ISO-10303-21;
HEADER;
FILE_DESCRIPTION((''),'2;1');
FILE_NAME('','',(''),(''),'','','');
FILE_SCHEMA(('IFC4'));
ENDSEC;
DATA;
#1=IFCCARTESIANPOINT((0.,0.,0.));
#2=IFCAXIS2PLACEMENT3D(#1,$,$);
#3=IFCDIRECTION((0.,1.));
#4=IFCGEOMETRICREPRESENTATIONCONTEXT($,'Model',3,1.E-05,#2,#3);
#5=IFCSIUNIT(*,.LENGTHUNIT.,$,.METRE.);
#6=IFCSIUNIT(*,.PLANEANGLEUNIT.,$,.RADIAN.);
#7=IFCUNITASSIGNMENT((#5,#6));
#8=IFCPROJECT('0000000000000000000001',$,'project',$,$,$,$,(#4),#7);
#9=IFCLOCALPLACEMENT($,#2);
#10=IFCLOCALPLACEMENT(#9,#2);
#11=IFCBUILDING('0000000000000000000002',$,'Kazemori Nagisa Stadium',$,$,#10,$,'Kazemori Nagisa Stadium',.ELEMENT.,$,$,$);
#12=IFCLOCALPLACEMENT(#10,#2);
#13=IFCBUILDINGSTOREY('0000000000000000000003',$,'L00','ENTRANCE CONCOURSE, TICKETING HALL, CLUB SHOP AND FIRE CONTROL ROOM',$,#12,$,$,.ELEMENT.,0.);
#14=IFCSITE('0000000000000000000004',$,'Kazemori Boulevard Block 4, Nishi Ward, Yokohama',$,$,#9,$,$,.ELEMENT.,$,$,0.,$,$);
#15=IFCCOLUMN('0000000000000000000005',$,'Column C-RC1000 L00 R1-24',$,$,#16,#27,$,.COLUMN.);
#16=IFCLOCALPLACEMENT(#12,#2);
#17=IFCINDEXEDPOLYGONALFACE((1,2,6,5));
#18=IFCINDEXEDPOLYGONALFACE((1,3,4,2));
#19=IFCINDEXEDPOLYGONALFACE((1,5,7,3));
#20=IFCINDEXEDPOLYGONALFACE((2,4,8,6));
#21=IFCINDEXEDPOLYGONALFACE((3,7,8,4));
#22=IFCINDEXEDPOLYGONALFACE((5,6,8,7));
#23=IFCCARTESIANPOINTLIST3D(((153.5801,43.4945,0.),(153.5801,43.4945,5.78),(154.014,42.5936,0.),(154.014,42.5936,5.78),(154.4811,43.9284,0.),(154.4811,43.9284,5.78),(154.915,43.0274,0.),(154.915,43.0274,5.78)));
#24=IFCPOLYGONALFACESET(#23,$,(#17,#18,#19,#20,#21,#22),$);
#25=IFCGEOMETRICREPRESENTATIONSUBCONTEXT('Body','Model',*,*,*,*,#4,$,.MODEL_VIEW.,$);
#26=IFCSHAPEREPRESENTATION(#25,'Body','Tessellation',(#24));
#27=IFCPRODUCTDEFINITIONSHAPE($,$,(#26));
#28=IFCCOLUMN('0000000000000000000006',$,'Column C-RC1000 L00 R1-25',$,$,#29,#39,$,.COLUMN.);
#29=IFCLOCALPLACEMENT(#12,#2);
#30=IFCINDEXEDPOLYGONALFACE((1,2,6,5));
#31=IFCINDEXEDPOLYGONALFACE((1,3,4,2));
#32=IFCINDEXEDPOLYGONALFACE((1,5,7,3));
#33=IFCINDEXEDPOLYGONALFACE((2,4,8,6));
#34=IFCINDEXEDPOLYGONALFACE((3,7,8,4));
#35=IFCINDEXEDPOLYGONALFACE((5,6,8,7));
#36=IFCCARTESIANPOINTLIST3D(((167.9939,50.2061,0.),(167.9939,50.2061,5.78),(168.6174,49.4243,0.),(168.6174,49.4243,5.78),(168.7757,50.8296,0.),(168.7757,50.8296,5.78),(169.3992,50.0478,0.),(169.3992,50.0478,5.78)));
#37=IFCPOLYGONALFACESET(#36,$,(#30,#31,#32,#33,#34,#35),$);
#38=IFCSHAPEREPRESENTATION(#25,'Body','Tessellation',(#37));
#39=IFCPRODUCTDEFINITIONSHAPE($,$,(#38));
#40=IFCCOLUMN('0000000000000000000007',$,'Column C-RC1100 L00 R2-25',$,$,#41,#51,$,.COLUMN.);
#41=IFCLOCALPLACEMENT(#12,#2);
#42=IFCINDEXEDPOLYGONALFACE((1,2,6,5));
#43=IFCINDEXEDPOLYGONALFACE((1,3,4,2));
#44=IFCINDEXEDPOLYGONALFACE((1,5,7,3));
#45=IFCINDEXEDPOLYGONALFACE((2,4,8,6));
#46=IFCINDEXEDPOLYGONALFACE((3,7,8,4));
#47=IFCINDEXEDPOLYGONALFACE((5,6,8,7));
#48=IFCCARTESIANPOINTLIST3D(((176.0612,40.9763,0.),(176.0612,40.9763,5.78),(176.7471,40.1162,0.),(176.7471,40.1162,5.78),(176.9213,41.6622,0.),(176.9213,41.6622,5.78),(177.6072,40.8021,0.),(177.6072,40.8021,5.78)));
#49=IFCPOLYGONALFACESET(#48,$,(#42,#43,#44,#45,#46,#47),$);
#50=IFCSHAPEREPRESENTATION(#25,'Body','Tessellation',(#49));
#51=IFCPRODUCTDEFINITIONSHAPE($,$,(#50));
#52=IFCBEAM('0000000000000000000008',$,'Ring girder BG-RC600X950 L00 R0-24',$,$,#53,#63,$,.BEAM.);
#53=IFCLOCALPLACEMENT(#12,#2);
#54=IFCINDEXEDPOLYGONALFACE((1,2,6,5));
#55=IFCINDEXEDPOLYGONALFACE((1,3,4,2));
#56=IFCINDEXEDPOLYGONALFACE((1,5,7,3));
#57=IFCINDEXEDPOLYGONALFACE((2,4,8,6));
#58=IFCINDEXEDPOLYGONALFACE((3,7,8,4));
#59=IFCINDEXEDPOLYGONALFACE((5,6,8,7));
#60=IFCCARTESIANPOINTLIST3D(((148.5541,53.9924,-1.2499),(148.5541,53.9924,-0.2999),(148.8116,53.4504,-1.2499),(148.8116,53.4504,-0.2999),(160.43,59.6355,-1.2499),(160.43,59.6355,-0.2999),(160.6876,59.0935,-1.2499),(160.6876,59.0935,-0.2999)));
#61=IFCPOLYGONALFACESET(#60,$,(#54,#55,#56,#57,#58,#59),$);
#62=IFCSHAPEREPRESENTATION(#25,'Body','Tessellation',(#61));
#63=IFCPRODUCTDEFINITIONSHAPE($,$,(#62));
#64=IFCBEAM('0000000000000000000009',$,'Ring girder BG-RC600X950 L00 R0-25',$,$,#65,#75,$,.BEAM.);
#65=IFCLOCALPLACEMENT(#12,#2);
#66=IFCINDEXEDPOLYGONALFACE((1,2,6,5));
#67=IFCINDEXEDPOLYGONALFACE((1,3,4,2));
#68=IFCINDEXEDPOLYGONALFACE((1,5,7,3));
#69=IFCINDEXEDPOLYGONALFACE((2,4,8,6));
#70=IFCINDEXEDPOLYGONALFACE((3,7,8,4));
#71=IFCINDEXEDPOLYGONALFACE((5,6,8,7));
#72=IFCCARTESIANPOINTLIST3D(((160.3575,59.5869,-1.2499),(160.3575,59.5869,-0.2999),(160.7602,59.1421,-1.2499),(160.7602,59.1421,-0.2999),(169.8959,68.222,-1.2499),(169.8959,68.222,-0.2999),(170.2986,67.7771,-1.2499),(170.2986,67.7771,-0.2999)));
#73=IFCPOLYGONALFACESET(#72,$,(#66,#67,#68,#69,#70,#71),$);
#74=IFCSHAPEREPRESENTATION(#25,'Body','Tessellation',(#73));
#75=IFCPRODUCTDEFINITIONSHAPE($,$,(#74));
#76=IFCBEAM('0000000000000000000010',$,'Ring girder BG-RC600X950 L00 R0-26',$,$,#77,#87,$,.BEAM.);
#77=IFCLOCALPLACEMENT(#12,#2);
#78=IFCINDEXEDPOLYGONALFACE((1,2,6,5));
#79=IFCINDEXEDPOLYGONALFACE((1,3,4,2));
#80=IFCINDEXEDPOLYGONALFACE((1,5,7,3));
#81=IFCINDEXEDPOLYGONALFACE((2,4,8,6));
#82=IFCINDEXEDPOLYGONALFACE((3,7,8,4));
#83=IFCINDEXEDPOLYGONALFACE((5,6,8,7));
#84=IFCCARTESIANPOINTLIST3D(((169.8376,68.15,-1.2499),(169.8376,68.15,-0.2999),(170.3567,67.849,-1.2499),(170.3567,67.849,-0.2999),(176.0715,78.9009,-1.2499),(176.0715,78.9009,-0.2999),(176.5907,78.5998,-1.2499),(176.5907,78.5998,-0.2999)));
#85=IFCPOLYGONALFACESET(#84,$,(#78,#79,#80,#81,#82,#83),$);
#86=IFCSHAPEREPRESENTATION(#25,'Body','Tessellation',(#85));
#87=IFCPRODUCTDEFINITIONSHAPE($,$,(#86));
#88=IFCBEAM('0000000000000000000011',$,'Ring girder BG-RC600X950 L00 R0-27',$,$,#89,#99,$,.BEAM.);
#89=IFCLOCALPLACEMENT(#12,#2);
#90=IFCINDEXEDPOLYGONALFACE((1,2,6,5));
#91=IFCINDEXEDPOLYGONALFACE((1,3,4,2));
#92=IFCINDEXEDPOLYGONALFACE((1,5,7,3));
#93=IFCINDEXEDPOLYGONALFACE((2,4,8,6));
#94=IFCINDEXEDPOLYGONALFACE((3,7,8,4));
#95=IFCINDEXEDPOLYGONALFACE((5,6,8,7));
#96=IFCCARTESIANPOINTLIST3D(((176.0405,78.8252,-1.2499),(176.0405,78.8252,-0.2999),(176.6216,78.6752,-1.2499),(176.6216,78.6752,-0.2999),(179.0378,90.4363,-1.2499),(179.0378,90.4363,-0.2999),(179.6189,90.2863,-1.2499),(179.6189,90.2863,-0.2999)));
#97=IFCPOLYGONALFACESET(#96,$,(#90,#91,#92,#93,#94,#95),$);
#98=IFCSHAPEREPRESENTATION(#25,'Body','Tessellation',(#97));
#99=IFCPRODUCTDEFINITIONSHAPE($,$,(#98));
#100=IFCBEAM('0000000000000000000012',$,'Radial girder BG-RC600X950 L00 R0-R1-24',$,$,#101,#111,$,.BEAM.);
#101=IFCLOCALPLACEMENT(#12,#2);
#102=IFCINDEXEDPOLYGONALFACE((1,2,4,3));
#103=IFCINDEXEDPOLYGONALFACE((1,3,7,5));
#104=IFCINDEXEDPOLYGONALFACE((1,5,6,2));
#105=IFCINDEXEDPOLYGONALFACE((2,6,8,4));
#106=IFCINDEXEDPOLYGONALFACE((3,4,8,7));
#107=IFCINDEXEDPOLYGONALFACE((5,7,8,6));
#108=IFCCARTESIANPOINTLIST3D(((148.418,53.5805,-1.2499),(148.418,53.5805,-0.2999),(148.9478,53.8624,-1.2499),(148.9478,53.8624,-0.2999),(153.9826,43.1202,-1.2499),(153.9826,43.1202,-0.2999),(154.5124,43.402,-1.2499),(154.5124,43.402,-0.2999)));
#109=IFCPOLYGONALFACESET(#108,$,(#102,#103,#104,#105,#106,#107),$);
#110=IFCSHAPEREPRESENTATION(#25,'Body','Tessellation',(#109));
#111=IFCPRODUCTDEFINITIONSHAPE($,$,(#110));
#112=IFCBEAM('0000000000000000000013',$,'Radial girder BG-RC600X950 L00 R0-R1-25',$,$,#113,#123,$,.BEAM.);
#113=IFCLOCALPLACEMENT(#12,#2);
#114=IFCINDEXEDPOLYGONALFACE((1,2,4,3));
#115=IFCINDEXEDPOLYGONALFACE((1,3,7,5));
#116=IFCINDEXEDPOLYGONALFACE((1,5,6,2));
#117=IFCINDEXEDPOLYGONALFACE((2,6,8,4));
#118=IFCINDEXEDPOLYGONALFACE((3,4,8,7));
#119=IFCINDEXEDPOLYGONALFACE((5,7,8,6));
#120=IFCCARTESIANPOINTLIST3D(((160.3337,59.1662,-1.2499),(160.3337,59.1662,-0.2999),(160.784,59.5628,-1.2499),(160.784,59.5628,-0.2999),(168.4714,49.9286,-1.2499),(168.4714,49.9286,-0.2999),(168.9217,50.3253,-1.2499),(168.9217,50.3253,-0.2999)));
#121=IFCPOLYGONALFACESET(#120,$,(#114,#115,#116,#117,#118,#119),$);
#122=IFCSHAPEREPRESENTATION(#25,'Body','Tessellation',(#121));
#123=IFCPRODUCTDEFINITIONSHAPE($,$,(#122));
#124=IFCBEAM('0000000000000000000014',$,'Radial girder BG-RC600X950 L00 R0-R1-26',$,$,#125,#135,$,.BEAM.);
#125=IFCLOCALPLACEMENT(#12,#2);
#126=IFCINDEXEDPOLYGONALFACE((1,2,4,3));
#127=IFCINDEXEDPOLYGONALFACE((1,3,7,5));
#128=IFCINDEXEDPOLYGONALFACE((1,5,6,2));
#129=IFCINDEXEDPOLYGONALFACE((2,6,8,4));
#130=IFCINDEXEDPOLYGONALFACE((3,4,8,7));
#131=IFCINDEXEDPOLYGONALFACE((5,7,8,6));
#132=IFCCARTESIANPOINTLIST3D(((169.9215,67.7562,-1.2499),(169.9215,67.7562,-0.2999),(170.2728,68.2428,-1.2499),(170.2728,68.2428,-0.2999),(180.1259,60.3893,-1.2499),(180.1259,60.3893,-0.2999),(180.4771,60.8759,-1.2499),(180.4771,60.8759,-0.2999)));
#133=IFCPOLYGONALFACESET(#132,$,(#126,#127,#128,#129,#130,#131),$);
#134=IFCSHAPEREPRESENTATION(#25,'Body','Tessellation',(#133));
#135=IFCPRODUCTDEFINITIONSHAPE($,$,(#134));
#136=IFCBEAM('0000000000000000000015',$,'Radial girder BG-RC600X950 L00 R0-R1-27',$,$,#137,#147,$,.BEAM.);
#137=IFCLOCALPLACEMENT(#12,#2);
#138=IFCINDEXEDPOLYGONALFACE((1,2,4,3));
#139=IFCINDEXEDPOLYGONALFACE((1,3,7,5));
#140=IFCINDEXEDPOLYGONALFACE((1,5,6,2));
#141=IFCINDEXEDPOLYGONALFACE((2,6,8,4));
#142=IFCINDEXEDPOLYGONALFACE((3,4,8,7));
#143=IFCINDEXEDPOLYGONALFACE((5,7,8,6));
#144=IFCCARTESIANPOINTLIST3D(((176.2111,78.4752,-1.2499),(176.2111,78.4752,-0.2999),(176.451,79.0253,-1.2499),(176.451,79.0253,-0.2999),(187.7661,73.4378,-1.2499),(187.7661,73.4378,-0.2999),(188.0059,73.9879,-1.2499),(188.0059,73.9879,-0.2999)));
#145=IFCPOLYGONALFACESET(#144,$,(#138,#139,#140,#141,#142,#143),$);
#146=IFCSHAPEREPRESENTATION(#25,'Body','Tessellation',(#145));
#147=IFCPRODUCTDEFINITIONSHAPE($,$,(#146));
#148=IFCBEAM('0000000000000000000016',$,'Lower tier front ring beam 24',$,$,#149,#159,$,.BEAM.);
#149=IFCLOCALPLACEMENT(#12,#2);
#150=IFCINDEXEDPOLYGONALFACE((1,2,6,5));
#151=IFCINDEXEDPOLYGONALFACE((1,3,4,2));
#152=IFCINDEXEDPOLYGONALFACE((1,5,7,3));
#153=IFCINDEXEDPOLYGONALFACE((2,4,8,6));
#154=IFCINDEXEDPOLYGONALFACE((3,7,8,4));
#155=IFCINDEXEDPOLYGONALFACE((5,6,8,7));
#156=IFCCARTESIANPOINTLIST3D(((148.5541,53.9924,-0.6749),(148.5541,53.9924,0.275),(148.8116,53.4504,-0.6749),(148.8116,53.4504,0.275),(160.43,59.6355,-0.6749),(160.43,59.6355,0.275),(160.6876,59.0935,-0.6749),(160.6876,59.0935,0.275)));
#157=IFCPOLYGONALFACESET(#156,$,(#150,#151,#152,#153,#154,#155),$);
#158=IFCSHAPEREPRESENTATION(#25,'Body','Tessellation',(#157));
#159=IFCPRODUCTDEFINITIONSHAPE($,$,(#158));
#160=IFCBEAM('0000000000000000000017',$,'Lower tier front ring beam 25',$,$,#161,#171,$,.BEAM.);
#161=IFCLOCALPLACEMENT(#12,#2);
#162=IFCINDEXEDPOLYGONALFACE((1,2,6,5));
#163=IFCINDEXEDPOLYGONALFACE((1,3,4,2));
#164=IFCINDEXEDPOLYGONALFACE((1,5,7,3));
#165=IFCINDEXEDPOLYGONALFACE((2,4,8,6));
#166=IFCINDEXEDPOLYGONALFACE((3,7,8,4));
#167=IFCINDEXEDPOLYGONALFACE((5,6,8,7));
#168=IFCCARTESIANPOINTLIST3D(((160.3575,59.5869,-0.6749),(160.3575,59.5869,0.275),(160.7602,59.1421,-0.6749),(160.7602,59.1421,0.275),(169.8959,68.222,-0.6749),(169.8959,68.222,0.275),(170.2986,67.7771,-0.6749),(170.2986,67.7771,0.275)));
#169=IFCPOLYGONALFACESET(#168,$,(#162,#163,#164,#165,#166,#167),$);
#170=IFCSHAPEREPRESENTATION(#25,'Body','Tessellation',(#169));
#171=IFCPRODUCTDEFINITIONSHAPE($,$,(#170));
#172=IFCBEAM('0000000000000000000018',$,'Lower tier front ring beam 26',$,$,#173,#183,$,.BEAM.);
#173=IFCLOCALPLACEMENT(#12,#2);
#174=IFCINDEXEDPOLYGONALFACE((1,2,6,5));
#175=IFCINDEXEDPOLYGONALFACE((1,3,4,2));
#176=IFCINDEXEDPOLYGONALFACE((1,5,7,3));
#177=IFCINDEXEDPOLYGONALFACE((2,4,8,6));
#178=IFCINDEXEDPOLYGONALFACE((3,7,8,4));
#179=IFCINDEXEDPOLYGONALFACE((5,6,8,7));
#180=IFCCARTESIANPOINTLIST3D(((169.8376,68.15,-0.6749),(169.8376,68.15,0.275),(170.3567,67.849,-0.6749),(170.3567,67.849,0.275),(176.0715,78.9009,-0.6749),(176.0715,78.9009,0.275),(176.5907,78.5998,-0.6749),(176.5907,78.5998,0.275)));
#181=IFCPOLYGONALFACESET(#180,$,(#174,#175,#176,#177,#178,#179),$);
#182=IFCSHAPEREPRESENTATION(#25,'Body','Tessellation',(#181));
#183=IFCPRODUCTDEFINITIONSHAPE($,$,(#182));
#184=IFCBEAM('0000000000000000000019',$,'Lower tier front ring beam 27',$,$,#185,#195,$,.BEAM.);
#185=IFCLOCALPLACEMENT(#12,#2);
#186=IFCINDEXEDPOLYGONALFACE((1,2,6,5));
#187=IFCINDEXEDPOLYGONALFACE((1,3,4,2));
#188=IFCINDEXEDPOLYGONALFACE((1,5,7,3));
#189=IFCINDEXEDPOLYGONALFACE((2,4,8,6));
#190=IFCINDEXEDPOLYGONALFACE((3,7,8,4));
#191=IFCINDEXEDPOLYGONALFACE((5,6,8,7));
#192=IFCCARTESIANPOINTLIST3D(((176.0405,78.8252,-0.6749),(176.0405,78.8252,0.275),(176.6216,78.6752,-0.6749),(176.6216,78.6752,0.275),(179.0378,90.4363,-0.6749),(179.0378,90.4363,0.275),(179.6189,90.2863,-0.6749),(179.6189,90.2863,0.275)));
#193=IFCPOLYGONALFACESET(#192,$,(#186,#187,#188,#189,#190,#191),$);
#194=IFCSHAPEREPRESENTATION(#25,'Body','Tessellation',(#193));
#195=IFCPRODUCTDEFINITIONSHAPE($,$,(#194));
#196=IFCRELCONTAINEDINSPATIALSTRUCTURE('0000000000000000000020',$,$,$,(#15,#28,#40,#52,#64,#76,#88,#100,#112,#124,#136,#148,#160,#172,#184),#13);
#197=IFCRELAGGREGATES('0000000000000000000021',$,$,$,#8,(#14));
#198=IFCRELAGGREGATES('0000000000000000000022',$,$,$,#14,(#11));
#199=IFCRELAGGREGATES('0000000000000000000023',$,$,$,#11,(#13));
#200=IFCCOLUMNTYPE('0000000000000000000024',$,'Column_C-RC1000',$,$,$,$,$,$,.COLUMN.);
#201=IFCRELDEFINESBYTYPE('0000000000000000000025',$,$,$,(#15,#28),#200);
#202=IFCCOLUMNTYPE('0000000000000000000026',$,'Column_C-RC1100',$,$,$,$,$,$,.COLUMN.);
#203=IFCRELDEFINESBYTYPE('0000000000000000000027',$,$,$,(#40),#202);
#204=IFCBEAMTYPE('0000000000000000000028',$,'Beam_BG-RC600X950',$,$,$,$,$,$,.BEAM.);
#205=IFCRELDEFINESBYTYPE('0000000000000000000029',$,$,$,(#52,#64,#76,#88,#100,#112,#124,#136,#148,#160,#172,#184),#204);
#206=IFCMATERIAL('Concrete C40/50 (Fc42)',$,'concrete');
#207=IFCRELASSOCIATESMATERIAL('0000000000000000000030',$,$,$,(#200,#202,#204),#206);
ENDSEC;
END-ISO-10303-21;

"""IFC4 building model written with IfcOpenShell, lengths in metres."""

from ifc_helpers import new_model, si_unit, direction, frame, origin, origin_2d, place, context, subcontext, project, spatial, rectangle, extrude, material, material_profile, profile_set, type_object, element, save


model = new_model("IFC4")

# Units and contexts
model_context = context("Model", 3, precision=1e-05, world=origin(), true_north=direction((0.0, 1.0)))
body_context = subcontext(model_context, "Body", "Model", "MODEL_VIEW")
ifc_project = project(units=[si_unit("LENGTHUNIT", "METRE"), si_unit("PLANEANGLEUNIT", "RADIAN")], contexts=[model_context])

# Site, building, storey
site_placement = place(None, origin())
site = spatial("IfcSite", under=ifc_project, at=site_placement, Name="Kazemori Boulevard Block 4, Nishi Ward, Yokohama", CompositionType="ELEMENT", RefElevation=0.0)
building_placement = place(site_placement, origin())
building = spatial("IfcBuilding", under=site, at=building_placement, Name="Kazemori Nagisa Stadium", LongName="Kazemori Nagisa Stadium", CompositionType="ELEMENT")
storey_placement = place(building_placement, origin())
storey = spatial("IfcBuildingStorey", under=building, at=storey_placement, Name="L00", Description="ENTRANCE CONCOURSE, TICKETING HALL, CLUB SHOP AND FIRE CONTROL ROOM", CompositionType="ELEMENT", Elevation=0.0)

# Columns
ifc_material_1 = material(Name="Concrete C40/50 (Fc42)", Category="concrete")
ifc_material_profile_1 = material_profile(ifc_material_1, rectangle(XDim=1.0, YDim=1.0, at=origin_2d()), Name="RC-COL-1000x1000")
ifc_profile_set_1 = profile_set([ifc_material_profile_1], Name="Concrete C40/50 (Fc42)")
column_type_1 = type_object("IfcColumnType", Name="Column_C-RC1000", PredefinedType="COLUMN", material=ifc_profile_set_1)
for number, where, z_axis, x_axis, name in (
    (1, (154.2476, 43.261, 0.0), (0.0, 0.0, 1.0), (0.433884, -0.900969, 0.0), "Column C-RC1000 L00 R1-24"),
    (2, (168.6965, 50.127, 0.0), (0.0, 0.0, 1.0), (0.62349, -0.781831, 0.0), "Column C-RC1000 L00 R1-25"),
):
    element("IfcColumn", number, at=place(storey_placement, frame(where, z_axis=z_axis, x_axis=x_axis)), inside=storey, type_object=column_type_1, Name=name, PredefinedType="COLUMN", context=body_context, shape_type="SweptSolid", body=[
        extrude(rectangle(XDim=1.0, YDim=1.0, at=origin_2d()), origin(), (0.0, 0.0, 1.0), 5.78),
    ])
ifc_material_profile_2 = material_profile(ifc_material_1, rectangle(XDim=1.1001, YDim=1.1001, at=origin_2d()), Name="RC-COL-1100x1100")
ifc_profile_set_2 = profile_set([ifc_material_profile_2], Name="Concrete C40/50 (Fc42)")
column_type_2 = type_object("IfcColumnType", Name="Column_C-RC1100", PredefinedType="COLUMN", material=ifc_profile_set_2)
column_placement = place(storey_placement, frame((176.8342, 40.8892, 0.0), z_axis=(0.0, 0.0, 1.0), x_axis=(0.62349, -0.781831, 0.0)))
element("IfcColumn", 3, at=column_placement, inside=storey, type_object=column_type_2, Name="Column C-RC1100 L00 R2-25", PredefinedType="COLUMN", context=body_context, shape_type="SweptSolid", body=[
    extrude(rectangle(XDim=1.1001, YDim=1.1001, at=origin_2d()), origin(), (0.0, 0.0, 1.0), 5.78),
])

# Beams
ifc_material_profile_3 = material_profile(ifc_material_1, rectangle(XDim=0.6001, YDim=0.95, at=origin_2d()), Name="RC-BM-600x950")
ifc_profile_set_3 = profile_set([ifc_material_profile_3], Name="Concrete C40/50 (Fc42)")
beam_type_1 = type_object("IfcBeamType", Name="Beam_BG-RC600X950", PredefinedType="BEAM", material=ifc_profile_set_3)
beam_1_placement = place(storey_placement, frame((148.6829, 53.7214, -0.7749), z_axis=(0.903219, 0.42918, 0.0), x_axis=(-0.42918, 0.903219, 0.0)))
element("IfcBeam", 4, at=beam_1_placement, inside=storey, type_object=beam_type_1, Name="Ring girder BG-RC600X950 L00 R0-24", PredefinedType="BEAM", context=body_context, shape_type="SweptSolid", body=[
    extrude(rectangle(XDim=0.6001, YDim=0.95, at=origin_2d()), origin(), (0.0, 0.0, 1.0), 13.1484),
])
beam_2_placement = place(storey_placement, frame((160.5588, 59.3645, -0.7749), z_axis=(0.741339, 0.671131, 0.0), x_axis=(-0.671131, 0.741339, 0.0)))
element("IfcBeam", 5, at=beam_2_placement, inside=storey, type_object=beam_type_1, Name="Ring girder BG-RC600X950 L00 R0-25", PredefinedType="BEAM", context=body_context, shape_type="SweptSolid", body=[
    extrude(rectangle(XDim=0.6001, YDim=0.95, at=origin_2d()), origin(), (0.0, 0.0, 1.0), 12.8665),
])
beam_3_placement = place(storey_placement, frame((170.0972, 67.9995, -0.7749), z_axis=(0.501625, 0.865085, 0.0), x_axis=(-0.865085, 0.501625, 0.0)))
element("IfcBeam", 6, at=beam_3_placement, inside=storey, type_object=beam_type_1, Name="Ring girder BG-RC600X950 L00 R0-26", PredefinedType="BEAM", context=body_context, shape_type="SweptSolid", body=[
    extrude(rectangle(XDim=0.6001, YDim=0.95, at=origin_2d()), origin(), (0.0, 0.0, 1.0), 12.4275),
])
beam_4_placement = place(storey_placement, frame((176.3311, 78.7502, -0.7749), z_axis=(0.249949, 0.968259, 0.0), x_axis=(-0.968259, 0.249949, 0.0)))
element("IfcBeam", 7, at=beam_4_placement, inside=storey, type_object=beam_type_1, Name="Ring girder BG-RC600X950 L00 R0-27", PredefinedType="BEAM", context=body_context, shape_type="SweptSolid", body=[
    extrude(rectangle(XDim=0.6001, YDim=0.95, at=origin_2d()), origin(), (0.0, 0.0, 1.0), 11.9917),
])
beam_5_placement = place(storey_placement, frame((148.6829, 53.7214, -0.7749), z_axis=(0.469654, -0.88285, 0.0), x_axis=(0.88285, 0.469654, 0.0)))
element("IfcBeam", 8, at=beam_5_placement, inside=storey, type_object=beam_type_1, Name="Radial girder BG-RC600X950 L00 R0-R1-24", PredefinedType="BEAM", context=body_context, shape_type="SweptSolid", body=[
    extrude(rectangle(XDim=0.6001, YDim=0.95, at=origin_2d()), origin(), (0.0, 0.0, 1.0), 11.8484),
])
beam_6_placement = place(storey_placement, frame((160.5588, 59.3645, -0.7749), z_axis=(0.661024, -0.750365, 0.0), x_axis=(0.750365, 0.661024, 0.0)))
element("IfcBeam", 9, at=beam_6_placement, inside=storey, type_object=beam_type_1, Name="Radial girder BG-RC600X950 L00 R0-R1-25", PredefinedType="BEAM", context=body_context, shape_type="SweptSolid", body=[
    extrude(rectangle(XDim=0.6001, YDim=0.95, at=origin_2d()), origin(), (0.0, 0.0, 1.0), 12.3108),
])
beam_7_placement = place(storey_placement, frame((170.0972, 67.9995, -0.7749), z_axis=(0.810787, -0.585341, 0.0), x_axis=(0.585341, 0.810787, 0.0)))
element("IfcBeam", 10, at=beam_7_placement, inside=storey, type_object=beam_type_1, Name="Radial girder BG-RC600X950 L00 R0-R1-26", PredefinedType="BEAM", context=body_context, shape_type="SweptSolid", body=[
    extrude(rectangle(XDim=0.6001, YDim=0.95, at=origin_2d()), origin(), (0.0, 0.0, 1.0), 12.5857),
])
beam_8_placement = place(storey_placement, frame((176.3311, 78.7502, -0.7749), z_axis=(0.916679, -0.399625, 0.0), x_axis=(0.399625, 0.916679, 0.0)))
element("IfcBeam", 11, at=beam_8_placement, inside=storey, type_object=beam_type_1, Name="Radial girder BG-RC600X950 L00 R0-R1-27", PredefinedType="BEAM", context=body_context, shape_type="SweptSolid", body=[
    extrude(rectangle(XDim=0.6001, YDim=0.95, at=origin_2d()), origin(), (0.0, 0.0, 1.0), 12.6052),
])
beam_9_placement = place(storey_placement, frame((148.6829, 53.7214, -0.2), z_axis=(0.903219, 0.42918, 0.0), x_axis=(-0.42918, 0.903219, 0.0)))
element("IfcBeam", 12, at=beam_9_placement, inside=storey, type_object=beam_type_1, Name="Lower tier front ring beam 24", PredefinedType="BEAM", context=body_context, shape_type="SweptSolid", body=[
    extrude(rectangle(XDim=0.6001, YDim=0.95, at=origin_2d()), origin(), (0.0, 0.0, 1.0), 13.1484),
])
beam_10_placement = place(storey_placement, frame((160.5588, 59.3645, -0.2), z_axis=(0.741339, 0.671131, 0.0), x_axis=(-0.671131, 0.741339, 0.0)))
element("IfcBeam", 13, at=beam_10_placement, inside=storey, type_object=beam_type_1, Name="Lower tier front ring beam 25", PredefinedType="BEAM", context=body_context, shape_type="SweptSolid", body=[
    extrude(rectangle(XDim=0.6001, YDim=0.95, at=origin_2d()), origin(), (0.0, 0.0, 1.0), 12.8665),
])
beam_11_placement = place(storey_placement, frame((170.0972, 67.9995, -0.2), z_axis=(0.501625, 0.865085, 0.0), x_axis=(-0.865085, 0.501625, 0.0)))
element("IfcBeam", 14, at=beam_11_placement, inside=storey, type_object=beam_type_1, Name="Lower tier front ring beam 26", PredefinedType="BEAM", context=body_context, shape_type="SweptSolid", body=[
    extrude(rectangle(XDim=0.6001, YDim=0.95, at=origin_2d()), origin(), (0.0, 0.0, 1.0), 12.4275),
])
beam_12_placement = place(storey_placement, frame((176.3311, 78.7502, -0.2), z_axis=(0.249949, 0.968259, 0.0), x_axis=(-0.968259, 0.249949, 0.0)))
element("IfcBeam", 15, at=beam_12_placement, inside=storey, type_object=beam_type_1, Name="Lower tier front ring beam 27", PredefinedType="BEAM", context=body_context, shape_type="SweptSolid", body=[
    extrude(rectangle(XDim=0.6001, YDim=0.95, at=origin_2d()), origin(), (0.0, 0.0, 1.0), 11.9917),
])

save(model, "model.ifc")
